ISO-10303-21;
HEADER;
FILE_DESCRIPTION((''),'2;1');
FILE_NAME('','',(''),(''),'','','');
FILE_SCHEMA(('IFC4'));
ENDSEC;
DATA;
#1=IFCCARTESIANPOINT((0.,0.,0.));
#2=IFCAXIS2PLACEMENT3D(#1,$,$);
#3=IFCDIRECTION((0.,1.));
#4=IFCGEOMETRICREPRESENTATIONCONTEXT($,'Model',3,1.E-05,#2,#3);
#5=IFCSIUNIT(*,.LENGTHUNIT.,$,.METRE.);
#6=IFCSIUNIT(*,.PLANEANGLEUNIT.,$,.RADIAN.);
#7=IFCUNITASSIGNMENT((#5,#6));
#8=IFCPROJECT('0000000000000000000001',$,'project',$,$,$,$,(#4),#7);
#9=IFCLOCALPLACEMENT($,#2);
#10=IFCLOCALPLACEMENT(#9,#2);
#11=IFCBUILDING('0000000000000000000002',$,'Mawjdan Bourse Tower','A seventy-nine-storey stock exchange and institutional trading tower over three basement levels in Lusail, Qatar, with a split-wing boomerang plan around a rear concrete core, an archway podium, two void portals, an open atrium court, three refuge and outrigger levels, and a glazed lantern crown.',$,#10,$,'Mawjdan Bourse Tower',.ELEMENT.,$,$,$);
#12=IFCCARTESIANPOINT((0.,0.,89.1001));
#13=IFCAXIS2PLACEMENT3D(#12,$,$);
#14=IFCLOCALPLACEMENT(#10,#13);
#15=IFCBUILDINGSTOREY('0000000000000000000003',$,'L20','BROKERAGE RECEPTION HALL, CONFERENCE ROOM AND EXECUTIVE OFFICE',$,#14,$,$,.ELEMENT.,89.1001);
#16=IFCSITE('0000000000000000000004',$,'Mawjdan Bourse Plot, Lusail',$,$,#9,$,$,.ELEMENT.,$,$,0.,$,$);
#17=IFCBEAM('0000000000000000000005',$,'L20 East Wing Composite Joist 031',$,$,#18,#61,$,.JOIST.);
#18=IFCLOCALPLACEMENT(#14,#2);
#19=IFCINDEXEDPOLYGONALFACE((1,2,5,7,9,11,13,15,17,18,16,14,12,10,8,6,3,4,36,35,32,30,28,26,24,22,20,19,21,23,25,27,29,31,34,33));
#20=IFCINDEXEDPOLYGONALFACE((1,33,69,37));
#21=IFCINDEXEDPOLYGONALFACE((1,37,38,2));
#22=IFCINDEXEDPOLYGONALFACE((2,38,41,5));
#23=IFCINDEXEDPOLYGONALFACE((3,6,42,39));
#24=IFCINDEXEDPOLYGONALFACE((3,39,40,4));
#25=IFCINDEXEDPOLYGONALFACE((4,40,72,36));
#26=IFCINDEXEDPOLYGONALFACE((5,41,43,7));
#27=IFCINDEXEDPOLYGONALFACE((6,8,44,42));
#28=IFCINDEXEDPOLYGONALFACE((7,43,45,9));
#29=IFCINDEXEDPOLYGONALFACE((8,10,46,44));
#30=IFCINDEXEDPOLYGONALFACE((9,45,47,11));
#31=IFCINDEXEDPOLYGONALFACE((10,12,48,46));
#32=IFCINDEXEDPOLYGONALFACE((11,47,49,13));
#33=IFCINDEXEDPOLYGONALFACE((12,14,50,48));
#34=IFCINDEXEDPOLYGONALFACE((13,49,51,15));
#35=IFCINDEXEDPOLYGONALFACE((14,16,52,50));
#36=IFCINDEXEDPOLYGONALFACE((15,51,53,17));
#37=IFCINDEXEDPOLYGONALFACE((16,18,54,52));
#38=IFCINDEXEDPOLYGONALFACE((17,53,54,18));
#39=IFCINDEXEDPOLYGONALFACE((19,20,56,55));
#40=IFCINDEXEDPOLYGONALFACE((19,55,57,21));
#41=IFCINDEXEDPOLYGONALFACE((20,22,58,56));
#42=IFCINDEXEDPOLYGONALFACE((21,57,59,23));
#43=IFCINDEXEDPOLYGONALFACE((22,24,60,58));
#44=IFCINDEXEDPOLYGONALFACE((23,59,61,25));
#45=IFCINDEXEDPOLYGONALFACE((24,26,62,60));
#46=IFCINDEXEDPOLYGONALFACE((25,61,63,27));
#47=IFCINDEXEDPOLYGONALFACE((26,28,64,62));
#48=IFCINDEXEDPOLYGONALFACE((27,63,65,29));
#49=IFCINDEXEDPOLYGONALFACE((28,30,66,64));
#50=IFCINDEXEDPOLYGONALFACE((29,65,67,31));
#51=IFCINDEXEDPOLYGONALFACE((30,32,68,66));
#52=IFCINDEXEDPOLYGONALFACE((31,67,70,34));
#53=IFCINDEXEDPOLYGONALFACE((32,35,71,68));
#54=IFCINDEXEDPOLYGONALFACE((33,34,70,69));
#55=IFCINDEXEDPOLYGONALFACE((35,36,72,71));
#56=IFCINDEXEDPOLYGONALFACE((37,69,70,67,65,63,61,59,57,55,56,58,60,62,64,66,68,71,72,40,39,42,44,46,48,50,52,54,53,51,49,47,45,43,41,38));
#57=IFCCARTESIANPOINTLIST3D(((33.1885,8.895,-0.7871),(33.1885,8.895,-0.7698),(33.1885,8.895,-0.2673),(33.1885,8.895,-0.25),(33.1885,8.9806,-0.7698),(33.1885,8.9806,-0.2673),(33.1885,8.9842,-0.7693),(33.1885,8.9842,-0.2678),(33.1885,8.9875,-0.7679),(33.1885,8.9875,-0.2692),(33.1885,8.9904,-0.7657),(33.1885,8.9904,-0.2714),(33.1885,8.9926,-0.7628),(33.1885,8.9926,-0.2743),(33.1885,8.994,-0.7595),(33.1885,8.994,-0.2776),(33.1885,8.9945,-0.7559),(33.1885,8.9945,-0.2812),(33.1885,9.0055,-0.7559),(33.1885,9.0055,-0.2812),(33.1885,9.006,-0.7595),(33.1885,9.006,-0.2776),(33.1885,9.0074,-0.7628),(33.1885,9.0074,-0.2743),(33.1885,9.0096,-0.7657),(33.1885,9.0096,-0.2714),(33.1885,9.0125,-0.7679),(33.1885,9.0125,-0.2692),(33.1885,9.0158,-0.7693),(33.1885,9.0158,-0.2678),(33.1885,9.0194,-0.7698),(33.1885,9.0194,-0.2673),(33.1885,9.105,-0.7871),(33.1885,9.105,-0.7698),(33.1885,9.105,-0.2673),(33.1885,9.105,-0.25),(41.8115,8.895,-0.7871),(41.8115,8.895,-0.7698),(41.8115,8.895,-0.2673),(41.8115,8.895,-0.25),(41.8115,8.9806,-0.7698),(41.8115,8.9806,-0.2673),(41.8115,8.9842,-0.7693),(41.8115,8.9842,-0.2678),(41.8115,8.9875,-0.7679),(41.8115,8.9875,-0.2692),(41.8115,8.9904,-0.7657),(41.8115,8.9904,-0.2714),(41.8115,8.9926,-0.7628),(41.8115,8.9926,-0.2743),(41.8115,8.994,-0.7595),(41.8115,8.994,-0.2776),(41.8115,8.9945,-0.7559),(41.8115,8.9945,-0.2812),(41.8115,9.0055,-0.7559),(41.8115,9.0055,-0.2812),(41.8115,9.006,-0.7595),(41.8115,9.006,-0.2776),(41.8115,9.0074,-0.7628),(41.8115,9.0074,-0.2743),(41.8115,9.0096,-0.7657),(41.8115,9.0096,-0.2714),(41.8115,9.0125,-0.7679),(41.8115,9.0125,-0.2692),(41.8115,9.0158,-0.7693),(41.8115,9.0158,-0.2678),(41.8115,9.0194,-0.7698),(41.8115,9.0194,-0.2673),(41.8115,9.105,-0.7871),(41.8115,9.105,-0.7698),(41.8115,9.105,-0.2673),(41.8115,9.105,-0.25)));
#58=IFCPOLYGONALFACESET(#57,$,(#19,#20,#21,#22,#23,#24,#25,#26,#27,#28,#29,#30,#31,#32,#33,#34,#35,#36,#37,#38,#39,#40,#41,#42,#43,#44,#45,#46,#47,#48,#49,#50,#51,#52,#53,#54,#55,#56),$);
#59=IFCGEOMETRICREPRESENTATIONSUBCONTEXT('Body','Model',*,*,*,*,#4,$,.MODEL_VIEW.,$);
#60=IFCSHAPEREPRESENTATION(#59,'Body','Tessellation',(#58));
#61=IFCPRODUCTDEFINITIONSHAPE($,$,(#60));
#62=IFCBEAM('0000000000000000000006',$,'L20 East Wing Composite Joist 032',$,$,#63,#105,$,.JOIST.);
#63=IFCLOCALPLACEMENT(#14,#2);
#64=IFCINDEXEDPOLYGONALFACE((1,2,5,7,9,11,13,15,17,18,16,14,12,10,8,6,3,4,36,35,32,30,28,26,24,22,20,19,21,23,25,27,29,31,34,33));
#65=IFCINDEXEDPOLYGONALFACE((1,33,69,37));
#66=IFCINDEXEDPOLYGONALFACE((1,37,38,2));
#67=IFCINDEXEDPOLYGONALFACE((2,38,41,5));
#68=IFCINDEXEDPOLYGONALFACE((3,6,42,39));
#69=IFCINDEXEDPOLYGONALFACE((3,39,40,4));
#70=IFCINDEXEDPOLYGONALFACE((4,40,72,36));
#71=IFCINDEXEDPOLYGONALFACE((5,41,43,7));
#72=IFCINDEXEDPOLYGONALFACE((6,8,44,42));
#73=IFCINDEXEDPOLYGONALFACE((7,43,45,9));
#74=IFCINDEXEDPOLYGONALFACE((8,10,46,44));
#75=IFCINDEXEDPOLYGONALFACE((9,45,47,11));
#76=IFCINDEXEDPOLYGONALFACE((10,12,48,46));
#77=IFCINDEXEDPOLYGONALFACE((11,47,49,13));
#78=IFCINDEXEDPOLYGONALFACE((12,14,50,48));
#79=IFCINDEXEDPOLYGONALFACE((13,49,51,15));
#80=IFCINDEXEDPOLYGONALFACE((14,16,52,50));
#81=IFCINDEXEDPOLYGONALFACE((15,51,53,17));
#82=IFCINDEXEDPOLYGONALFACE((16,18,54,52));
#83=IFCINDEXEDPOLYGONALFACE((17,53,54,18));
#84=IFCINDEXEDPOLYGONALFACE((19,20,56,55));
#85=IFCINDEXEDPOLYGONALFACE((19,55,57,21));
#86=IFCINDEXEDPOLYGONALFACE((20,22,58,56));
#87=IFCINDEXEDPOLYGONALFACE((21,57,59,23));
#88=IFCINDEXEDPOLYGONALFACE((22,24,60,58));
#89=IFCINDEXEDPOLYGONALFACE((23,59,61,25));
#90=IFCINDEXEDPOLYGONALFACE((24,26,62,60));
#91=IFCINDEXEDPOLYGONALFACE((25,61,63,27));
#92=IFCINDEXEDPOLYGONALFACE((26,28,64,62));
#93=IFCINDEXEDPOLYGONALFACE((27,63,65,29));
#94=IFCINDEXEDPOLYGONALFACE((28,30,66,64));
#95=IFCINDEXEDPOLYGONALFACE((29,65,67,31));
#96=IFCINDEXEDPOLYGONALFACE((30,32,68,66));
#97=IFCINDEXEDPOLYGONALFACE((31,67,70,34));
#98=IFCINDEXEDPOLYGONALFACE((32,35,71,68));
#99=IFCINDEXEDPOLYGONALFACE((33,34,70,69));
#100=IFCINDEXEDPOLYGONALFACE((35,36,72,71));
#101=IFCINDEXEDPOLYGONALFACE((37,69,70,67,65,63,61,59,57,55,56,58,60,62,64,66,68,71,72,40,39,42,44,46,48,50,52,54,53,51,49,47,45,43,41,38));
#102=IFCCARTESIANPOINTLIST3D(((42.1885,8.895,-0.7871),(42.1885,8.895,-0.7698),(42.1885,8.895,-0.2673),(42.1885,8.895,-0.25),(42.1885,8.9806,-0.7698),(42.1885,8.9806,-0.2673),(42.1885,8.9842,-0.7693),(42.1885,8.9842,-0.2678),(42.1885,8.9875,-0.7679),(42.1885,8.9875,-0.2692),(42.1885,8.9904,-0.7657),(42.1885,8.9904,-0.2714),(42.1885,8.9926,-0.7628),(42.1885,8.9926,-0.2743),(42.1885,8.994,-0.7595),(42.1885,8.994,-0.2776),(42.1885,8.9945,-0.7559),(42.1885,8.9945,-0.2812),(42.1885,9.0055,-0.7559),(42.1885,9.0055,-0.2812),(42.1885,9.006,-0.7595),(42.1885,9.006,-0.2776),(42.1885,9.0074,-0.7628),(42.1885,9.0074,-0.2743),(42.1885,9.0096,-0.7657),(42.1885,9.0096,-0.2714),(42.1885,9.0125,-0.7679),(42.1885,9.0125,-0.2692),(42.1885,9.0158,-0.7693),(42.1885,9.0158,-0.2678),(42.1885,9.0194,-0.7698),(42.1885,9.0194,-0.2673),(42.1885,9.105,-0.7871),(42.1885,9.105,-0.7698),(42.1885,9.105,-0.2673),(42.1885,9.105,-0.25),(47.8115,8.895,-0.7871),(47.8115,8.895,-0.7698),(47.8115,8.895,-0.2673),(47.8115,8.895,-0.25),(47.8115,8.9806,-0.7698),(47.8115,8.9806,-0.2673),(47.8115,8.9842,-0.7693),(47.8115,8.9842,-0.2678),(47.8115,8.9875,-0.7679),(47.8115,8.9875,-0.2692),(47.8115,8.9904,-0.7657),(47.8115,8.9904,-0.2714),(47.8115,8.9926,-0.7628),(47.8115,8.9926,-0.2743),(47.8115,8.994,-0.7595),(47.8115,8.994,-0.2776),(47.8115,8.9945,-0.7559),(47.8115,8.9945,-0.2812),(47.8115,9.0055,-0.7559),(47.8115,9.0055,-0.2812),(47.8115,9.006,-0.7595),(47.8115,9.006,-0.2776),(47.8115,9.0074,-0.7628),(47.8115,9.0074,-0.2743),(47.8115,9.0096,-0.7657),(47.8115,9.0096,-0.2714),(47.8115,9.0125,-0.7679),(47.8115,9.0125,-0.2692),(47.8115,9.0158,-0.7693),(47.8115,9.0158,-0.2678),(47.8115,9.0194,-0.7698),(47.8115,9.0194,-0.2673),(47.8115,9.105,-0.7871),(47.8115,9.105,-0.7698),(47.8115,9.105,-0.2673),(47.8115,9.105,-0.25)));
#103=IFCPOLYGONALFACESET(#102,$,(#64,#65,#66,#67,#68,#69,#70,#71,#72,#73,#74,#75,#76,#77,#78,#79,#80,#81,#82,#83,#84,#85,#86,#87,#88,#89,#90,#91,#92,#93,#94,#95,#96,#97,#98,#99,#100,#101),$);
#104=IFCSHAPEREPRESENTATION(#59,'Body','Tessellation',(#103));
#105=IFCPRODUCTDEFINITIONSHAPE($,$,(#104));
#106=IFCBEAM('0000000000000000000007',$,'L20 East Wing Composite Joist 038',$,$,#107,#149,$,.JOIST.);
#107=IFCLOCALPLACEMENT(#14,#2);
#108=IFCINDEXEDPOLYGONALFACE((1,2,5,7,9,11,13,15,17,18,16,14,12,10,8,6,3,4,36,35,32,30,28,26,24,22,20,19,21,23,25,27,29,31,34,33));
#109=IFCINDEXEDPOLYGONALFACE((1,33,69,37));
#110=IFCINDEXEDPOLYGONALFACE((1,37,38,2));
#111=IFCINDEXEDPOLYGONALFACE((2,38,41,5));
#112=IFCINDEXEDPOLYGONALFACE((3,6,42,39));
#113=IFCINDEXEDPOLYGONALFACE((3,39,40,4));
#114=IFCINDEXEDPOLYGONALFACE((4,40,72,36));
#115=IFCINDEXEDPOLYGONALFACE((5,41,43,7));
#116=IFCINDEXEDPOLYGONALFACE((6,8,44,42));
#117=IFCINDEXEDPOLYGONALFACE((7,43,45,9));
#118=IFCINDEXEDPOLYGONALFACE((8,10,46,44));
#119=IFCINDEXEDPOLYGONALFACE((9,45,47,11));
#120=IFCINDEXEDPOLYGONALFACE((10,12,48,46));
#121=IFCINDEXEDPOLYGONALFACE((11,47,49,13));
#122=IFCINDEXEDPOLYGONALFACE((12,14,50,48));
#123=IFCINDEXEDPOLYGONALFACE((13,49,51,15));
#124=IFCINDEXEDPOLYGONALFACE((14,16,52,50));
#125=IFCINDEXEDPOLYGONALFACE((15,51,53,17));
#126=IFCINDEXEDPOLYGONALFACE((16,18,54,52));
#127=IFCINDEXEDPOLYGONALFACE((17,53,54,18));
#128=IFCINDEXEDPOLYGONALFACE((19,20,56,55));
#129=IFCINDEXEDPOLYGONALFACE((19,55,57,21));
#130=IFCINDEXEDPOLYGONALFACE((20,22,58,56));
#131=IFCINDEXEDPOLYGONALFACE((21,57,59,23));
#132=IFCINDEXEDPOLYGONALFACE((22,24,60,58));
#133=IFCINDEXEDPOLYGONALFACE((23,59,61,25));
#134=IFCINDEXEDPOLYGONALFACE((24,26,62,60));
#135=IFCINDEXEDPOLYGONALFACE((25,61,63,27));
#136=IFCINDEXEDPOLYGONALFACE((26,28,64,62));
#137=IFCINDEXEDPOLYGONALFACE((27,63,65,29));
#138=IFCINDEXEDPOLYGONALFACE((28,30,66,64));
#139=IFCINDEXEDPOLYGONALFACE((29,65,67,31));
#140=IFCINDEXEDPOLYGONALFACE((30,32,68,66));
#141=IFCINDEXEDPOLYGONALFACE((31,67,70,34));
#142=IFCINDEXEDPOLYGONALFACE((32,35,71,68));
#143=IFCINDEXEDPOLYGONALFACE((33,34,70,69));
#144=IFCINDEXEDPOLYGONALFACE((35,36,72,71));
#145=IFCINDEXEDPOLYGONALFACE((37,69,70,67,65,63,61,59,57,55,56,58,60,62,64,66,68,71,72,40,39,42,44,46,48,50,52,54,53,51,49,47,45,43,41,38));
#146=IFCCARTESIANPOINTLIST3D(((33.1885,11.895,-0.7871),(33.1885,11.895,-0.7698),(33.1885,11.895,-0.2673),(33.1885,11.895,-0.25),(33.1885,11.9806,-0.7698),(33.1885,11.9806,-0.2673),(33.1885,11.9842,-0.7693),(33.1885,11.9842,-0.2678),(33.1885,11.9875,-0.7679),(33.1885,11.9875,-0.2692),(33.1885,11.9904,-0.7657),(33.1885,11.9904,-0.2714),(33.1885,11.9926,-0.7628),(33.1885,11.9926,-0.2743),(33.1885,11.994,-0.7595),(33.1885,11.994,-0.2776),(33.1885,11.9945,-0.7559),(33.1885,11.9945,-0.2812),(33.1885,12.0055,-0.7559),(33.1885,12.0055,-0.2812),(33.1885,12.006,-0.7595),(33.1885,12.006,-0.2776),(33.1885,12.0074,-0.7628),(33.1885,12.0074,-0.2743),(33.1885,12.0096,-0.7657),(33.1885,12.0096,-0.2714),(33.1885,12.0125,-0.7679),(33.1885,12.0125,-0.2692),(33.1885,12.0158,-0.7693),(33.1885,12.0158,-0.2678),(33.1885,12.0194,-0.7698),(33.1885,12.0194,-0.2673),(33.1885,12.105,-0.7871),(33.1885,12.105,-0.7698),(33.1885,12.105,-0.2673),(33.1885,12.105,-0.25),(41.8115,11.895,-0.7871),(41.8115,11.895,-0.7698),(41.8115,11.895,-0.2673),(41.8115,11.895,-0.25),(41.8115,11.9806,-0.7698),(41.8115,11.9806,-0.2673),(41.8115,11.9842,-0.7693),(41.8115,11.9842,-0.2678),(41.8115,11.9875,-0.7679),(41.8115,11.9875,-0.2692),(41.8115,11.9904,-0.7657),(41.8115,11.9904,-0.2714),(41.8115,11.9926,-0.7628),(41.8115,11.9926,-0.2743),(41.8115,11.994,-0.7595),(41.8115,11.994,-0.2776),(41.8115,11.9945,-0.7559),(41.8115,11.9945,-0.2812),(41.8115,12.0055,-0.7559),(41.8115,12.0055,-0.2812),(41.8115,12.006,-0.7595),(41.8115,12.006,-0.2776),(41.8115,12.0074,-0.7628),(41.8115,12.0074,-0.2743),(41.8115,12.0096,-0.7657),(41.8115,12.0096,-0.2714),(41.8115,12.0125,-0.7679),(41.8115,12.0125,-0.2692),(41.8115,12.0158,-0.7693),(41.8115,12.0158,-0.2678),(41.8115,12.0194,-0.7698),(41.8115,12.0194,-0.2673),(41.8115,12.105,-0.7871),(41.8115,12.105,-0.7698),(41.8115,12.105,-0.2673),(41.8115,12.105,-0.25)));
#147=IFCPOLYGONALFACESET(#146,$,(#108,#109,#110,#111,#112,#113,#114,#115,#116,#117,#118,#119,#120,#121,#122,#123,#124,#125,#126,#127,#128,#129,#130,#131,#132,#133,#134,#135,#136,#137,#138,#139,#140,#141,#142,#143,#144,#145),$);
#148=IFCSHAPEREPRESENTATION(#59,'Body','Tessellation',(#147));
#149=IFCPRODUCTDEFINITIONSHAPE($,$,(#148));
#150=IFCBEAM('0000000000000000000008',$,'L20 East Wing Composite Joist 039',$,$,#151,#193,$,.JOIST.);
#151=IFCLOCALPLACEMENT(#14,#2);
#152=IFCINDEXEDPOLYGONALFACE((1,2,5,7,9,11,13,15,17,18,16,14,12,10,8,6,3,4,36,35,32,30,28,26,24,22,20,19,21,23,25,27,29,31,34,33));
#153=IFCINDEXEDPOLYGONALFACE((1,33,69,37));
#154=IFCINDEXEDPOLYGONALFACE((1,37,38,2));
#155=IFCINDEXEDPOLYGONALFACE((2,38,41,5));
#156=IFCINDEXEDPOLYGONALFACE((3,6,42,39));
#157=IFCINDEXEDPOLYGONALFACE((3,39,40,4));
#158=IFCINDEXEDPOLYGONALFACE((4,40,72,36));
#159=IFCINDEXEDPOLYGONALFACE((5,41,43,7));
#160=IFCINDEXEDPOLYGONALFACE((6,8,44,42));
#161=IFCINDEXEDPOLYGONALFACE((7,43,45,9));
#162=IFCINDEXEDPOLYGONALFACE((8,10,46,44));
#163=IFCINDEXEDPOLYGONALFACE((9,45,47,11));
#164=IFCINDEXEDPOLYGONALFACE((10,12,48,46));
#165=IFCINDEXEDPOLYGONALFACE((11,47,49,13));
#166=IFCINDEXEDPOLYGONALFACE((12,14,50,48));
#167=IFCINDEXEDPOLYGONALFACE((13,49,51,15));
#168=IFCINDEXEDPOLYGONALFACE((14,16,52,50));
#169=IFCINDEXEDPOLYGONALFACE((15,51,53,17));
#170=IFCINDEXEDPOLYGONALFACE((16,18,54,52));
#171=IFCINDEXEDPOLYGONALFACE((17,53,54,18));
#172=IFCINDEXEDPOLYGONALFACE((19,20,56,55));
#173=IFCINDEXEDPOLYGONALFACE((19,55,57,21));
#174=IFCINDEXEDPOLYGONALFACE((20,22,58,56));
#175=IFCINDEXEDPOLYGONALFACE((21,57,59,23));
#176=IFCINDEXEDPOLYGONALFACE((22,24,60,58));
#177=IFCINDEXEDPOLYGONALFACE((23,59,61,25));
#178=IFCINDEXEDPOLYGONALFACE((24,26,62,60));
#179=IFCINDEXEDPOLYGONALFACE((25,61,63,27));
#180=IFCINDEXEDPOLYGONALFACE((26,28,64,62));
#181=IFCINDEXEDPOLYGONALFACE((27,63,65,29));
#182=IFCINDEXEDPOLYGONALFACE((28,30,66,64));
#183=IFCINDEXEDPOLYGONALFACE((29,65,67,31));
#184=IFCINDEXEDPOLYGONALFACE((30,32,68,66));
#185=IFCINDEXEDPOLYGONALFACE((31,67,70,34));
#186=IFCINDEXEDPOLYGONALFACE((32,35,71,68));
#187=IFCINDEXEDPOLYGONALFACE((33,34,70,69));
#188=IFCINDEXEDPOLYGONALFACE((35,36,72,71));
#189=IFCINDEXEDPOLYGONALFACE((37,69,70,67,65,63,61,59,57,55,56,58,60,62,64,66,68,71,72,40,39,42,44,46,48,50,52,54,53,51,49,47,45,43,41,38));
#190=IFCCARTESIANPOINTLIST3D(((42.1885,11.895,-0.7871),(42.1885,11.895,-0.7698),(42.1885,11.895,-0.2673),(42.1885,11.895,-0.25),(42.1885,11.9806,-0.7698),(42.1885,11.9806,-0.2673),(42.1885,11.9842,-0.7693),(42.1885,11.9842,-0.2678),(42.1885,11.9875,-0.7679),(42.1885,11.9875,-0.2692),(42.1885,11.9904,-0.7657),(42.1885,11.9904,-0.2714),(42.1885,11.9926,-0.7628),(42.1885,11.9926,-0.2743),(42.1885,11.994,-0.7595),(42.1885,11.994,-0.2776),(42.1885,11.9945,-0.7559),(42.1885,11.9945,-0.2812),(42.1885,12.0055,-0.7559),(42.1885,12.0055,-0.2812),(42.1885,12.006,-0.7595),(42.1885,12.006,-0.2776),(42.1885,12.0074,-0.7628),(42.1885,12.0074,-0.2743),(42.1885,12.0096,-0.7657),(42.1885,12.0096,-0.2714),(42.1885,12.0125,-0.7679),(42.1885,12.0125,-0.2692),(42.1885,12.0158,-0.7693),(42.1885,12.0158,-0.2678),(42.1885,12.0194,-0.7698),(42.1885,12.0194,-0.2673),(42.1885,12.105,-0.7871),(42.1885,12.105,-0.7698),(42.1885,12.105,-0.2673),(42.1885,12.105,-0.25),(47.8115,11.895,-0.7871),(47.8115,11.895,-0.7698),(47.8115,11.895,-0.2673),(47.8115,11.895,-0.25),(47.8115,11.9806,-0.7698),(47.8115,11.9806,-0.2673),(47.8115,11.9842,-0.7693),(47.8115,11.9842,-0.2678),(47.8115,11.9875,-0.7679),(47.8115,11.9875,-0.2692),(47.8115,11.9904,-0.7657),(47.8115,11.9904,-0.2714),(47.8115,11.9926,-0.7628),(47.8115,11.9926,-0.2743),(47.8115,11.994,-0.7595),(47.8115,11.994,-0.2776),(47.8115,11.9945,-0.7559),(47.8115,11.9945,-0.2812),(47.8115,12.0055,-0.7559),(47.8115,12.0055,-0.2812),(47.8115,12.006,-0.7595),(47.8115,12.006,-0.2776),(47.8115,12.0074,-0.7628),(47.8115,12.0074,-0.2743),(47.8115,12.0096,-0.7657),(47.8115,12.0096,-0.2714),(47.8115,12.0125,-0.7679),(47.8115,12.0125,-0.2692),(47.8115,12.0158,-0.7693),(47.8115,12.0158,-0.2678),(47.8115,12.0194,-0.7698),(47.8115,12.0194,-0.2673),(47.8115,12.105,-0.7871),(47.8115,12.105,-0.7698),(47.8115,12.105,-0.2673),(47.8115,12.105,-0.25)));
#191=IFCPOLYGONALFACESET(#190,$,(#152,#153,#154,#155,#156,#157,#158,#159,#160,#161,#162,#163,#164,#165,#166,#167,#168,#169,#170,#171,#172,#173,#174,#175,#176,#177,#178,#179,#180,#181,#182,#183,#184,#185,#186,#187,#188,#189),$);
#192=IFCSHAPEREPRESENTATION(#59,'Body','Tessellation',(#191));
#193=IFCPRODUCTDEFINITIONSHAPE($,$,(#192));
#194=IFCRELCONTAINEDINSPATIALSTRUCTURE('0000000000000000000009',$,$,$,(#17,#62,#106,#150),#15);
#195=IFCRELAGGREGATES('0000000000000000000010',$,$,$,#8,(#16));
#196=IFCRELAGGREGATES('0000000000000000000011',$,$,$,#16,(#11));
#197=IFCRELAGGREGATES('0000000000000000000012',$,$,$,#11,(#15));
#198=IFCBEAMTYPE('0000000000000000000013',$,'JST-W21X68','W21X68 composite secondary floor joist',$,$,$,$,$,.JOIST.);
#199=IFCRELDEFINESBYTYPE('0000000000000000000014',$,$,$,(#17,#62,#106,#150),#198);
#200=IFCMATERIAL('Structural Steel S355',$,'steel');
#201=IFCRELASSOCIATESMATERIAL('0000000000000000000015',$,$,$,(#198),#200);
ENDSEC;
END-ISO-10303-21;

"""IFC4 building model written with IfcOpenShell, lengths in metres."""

from ifc_helpers import new_model, si_unit, direction, frame, origin, origin_2d, place, context, subcontext, project, spatial, i_section, extrude, material, material_profile, profile_set, type_object, element, save


model = new_model("IFC4")

# Units and contexts
model_context = context("Model", 3, precision=1e-05, world=origin(), true_north=direction((0.0, 1.0)))
body_context = subcontext(model_context, "Body", "Model", "MODEL_VIEW")
ifc_project = project(units=[si_unit("LENGTHUNIT", "METRE"), si_unit("PLANEANGLEUNIT", "RADIAN")], contexts=[model_context])

# Site, building, storey
site_placement = place(None, origin())
site = spatial("IfcSite", under=ifc_project, at=site_placement, Name="Mawjdan Bourse Plot, Lusail", CompositionType="ELEMENT", RefElevation=0.0)
building_placement = place(site_placement, origin())
building = spatial("IfcBuilding", under=site, at=building_placement, Name="Mawjdan Bourse Tower", Description="A seventy-nine-storey stock exchange and institutional trading tower over three basement levels in Lusail, Qatar, with a split-wing boomerang plan around a rear concrete core, an archway podium, two void portals, an open atrium court, three refuge and outrigger levels, and a glazed lantern crown.", LongName="Mawjdan Bourse Tower", CompositionType="ELEMENT")
storey_placement = place(building_placement, frame((0.0, 0.0, 89.1001)))
storey = spatial("IfcBuildingStorey", under=building, at=storey_placement, Name="L20", Description="BROKERAGE RECEPTION HALL, CONFERENCE ROOM AND EXECUTIVE OFFICE", CompositionType="ELEMENT", Elevation=89.1001)

# Beams
ifc_material_1 = material(Name="Structural Steel S355", Category="steel")
ifc_material_profile_1 = material_profile(ifc_material_1, i_section(OverallWidth=0.21, OverallDepth=0.5371, WebThickness=0.011, FlangeThickness=0.0173, FilletRadius=0.0139, at=origin_2d()), Name="W21X68")
ifc_profile_set_1 = profile_set([ifc_material_profile_1], Name="Structural Steel S355")
beam_type_1 = type_object("IfcBeamType", Name="JST-W21X68", Description="W21X68 composite secondary floor joist", PredefinedType="JOIST", material=ifc_profile_set_1)
beam_1_placement = place(storey_placement, frame((33.1885, 9.0, -0.5186), z_axis=(1.0, 0.0, 0.0), x_axis=(0.0, 1.0, 0.0)))
element("IfcBeam", 1, at=beam_1_placement, inside=storey, type_object=beam_type_1, Name="L20 East Wing Composite Joist 031", PredefinedType="JOIST", context=body_context, shape_type="SweptSolid", body=[
    extrude(i_section(OverallWidth=0.21, OverallDepth=0.5371, WebThickness=0.011, FlangeThickness=0.0173, FilletRadius=0.0139, at=origin_2d()), origin(), (0.0, 0.0, 1.0), 8.623),
])
beam_2_placement = place(storey_placement, frame((42.1885, 9.0, -0.5186), z_axis=(1.0, 0.0, 0.0), x_axis=(0.0, 1.0, 0.0)))
element("IfcBeam", 2, at=beam_2_placement, inside=storey, type_object=beam_type_1, Name="L20 East Wing Composite Joist 032", PredefinedType="JOIST", context=body_context, shape_type="SweptSolid", body=[
    extrude(i_section(OverallWidth=0.21, OverallDepth=0.5371, WebThickness=0.011, FlangeThickness=0.0173, FilletRadius=0.0139, at=origin_2d()), origin(), (0.0, 0.0, 1.0), 5.623),
])
beam_3_placement = place(storey_placement, frame((33.1885, 12.0, -0.5186), z_axis=(1.0, 0.0, 0.0), x_axis=(0.0, 1.0, 0.0)))
element("IfcBeam", 3, at=beam_3_placement, inside=storey, type_object=beam_type_1, Name="L20 East Wing Composite Joist 038", PredefinedType="JOIST", context=body_context, shape_type="SweptSolid", body=[
    extrude(i_section(OverallWidth=0.21, OverallDepth=0.5371, WebThickness=0.011, FlangeThickness=0.0173, FilletRadius=0.0139, at=origin_2d()), origin(), (0.0, 0.0, 1.0), 8.623),
])
beam_4_placement = place(storey_placement, frame((42.1885, 12.0, -0.5186), z_axis=(1.0, 0.0, 0.0), x_axis=(0.0, 1.0, 0.0)))
element("IfcBeam", 4, at=beam_4_placement, inside=storey, type_object=beam_type_1, Name="L20 East Wing Composite Joist 039", PredefinedType="JOIST", context=body_context, shape_type="SweptSolid", body=[
    extrude(i_section(OverallWidth=0.21, OverallDepth=0.5371, WebThickness=0.011, FlangeThickness=0.0173, FilletRadius=0.0139, at=origin_2d()), origin(), (0.0, 0.0, 1.0), 5.623),
])

save(model, "model.ifc")
